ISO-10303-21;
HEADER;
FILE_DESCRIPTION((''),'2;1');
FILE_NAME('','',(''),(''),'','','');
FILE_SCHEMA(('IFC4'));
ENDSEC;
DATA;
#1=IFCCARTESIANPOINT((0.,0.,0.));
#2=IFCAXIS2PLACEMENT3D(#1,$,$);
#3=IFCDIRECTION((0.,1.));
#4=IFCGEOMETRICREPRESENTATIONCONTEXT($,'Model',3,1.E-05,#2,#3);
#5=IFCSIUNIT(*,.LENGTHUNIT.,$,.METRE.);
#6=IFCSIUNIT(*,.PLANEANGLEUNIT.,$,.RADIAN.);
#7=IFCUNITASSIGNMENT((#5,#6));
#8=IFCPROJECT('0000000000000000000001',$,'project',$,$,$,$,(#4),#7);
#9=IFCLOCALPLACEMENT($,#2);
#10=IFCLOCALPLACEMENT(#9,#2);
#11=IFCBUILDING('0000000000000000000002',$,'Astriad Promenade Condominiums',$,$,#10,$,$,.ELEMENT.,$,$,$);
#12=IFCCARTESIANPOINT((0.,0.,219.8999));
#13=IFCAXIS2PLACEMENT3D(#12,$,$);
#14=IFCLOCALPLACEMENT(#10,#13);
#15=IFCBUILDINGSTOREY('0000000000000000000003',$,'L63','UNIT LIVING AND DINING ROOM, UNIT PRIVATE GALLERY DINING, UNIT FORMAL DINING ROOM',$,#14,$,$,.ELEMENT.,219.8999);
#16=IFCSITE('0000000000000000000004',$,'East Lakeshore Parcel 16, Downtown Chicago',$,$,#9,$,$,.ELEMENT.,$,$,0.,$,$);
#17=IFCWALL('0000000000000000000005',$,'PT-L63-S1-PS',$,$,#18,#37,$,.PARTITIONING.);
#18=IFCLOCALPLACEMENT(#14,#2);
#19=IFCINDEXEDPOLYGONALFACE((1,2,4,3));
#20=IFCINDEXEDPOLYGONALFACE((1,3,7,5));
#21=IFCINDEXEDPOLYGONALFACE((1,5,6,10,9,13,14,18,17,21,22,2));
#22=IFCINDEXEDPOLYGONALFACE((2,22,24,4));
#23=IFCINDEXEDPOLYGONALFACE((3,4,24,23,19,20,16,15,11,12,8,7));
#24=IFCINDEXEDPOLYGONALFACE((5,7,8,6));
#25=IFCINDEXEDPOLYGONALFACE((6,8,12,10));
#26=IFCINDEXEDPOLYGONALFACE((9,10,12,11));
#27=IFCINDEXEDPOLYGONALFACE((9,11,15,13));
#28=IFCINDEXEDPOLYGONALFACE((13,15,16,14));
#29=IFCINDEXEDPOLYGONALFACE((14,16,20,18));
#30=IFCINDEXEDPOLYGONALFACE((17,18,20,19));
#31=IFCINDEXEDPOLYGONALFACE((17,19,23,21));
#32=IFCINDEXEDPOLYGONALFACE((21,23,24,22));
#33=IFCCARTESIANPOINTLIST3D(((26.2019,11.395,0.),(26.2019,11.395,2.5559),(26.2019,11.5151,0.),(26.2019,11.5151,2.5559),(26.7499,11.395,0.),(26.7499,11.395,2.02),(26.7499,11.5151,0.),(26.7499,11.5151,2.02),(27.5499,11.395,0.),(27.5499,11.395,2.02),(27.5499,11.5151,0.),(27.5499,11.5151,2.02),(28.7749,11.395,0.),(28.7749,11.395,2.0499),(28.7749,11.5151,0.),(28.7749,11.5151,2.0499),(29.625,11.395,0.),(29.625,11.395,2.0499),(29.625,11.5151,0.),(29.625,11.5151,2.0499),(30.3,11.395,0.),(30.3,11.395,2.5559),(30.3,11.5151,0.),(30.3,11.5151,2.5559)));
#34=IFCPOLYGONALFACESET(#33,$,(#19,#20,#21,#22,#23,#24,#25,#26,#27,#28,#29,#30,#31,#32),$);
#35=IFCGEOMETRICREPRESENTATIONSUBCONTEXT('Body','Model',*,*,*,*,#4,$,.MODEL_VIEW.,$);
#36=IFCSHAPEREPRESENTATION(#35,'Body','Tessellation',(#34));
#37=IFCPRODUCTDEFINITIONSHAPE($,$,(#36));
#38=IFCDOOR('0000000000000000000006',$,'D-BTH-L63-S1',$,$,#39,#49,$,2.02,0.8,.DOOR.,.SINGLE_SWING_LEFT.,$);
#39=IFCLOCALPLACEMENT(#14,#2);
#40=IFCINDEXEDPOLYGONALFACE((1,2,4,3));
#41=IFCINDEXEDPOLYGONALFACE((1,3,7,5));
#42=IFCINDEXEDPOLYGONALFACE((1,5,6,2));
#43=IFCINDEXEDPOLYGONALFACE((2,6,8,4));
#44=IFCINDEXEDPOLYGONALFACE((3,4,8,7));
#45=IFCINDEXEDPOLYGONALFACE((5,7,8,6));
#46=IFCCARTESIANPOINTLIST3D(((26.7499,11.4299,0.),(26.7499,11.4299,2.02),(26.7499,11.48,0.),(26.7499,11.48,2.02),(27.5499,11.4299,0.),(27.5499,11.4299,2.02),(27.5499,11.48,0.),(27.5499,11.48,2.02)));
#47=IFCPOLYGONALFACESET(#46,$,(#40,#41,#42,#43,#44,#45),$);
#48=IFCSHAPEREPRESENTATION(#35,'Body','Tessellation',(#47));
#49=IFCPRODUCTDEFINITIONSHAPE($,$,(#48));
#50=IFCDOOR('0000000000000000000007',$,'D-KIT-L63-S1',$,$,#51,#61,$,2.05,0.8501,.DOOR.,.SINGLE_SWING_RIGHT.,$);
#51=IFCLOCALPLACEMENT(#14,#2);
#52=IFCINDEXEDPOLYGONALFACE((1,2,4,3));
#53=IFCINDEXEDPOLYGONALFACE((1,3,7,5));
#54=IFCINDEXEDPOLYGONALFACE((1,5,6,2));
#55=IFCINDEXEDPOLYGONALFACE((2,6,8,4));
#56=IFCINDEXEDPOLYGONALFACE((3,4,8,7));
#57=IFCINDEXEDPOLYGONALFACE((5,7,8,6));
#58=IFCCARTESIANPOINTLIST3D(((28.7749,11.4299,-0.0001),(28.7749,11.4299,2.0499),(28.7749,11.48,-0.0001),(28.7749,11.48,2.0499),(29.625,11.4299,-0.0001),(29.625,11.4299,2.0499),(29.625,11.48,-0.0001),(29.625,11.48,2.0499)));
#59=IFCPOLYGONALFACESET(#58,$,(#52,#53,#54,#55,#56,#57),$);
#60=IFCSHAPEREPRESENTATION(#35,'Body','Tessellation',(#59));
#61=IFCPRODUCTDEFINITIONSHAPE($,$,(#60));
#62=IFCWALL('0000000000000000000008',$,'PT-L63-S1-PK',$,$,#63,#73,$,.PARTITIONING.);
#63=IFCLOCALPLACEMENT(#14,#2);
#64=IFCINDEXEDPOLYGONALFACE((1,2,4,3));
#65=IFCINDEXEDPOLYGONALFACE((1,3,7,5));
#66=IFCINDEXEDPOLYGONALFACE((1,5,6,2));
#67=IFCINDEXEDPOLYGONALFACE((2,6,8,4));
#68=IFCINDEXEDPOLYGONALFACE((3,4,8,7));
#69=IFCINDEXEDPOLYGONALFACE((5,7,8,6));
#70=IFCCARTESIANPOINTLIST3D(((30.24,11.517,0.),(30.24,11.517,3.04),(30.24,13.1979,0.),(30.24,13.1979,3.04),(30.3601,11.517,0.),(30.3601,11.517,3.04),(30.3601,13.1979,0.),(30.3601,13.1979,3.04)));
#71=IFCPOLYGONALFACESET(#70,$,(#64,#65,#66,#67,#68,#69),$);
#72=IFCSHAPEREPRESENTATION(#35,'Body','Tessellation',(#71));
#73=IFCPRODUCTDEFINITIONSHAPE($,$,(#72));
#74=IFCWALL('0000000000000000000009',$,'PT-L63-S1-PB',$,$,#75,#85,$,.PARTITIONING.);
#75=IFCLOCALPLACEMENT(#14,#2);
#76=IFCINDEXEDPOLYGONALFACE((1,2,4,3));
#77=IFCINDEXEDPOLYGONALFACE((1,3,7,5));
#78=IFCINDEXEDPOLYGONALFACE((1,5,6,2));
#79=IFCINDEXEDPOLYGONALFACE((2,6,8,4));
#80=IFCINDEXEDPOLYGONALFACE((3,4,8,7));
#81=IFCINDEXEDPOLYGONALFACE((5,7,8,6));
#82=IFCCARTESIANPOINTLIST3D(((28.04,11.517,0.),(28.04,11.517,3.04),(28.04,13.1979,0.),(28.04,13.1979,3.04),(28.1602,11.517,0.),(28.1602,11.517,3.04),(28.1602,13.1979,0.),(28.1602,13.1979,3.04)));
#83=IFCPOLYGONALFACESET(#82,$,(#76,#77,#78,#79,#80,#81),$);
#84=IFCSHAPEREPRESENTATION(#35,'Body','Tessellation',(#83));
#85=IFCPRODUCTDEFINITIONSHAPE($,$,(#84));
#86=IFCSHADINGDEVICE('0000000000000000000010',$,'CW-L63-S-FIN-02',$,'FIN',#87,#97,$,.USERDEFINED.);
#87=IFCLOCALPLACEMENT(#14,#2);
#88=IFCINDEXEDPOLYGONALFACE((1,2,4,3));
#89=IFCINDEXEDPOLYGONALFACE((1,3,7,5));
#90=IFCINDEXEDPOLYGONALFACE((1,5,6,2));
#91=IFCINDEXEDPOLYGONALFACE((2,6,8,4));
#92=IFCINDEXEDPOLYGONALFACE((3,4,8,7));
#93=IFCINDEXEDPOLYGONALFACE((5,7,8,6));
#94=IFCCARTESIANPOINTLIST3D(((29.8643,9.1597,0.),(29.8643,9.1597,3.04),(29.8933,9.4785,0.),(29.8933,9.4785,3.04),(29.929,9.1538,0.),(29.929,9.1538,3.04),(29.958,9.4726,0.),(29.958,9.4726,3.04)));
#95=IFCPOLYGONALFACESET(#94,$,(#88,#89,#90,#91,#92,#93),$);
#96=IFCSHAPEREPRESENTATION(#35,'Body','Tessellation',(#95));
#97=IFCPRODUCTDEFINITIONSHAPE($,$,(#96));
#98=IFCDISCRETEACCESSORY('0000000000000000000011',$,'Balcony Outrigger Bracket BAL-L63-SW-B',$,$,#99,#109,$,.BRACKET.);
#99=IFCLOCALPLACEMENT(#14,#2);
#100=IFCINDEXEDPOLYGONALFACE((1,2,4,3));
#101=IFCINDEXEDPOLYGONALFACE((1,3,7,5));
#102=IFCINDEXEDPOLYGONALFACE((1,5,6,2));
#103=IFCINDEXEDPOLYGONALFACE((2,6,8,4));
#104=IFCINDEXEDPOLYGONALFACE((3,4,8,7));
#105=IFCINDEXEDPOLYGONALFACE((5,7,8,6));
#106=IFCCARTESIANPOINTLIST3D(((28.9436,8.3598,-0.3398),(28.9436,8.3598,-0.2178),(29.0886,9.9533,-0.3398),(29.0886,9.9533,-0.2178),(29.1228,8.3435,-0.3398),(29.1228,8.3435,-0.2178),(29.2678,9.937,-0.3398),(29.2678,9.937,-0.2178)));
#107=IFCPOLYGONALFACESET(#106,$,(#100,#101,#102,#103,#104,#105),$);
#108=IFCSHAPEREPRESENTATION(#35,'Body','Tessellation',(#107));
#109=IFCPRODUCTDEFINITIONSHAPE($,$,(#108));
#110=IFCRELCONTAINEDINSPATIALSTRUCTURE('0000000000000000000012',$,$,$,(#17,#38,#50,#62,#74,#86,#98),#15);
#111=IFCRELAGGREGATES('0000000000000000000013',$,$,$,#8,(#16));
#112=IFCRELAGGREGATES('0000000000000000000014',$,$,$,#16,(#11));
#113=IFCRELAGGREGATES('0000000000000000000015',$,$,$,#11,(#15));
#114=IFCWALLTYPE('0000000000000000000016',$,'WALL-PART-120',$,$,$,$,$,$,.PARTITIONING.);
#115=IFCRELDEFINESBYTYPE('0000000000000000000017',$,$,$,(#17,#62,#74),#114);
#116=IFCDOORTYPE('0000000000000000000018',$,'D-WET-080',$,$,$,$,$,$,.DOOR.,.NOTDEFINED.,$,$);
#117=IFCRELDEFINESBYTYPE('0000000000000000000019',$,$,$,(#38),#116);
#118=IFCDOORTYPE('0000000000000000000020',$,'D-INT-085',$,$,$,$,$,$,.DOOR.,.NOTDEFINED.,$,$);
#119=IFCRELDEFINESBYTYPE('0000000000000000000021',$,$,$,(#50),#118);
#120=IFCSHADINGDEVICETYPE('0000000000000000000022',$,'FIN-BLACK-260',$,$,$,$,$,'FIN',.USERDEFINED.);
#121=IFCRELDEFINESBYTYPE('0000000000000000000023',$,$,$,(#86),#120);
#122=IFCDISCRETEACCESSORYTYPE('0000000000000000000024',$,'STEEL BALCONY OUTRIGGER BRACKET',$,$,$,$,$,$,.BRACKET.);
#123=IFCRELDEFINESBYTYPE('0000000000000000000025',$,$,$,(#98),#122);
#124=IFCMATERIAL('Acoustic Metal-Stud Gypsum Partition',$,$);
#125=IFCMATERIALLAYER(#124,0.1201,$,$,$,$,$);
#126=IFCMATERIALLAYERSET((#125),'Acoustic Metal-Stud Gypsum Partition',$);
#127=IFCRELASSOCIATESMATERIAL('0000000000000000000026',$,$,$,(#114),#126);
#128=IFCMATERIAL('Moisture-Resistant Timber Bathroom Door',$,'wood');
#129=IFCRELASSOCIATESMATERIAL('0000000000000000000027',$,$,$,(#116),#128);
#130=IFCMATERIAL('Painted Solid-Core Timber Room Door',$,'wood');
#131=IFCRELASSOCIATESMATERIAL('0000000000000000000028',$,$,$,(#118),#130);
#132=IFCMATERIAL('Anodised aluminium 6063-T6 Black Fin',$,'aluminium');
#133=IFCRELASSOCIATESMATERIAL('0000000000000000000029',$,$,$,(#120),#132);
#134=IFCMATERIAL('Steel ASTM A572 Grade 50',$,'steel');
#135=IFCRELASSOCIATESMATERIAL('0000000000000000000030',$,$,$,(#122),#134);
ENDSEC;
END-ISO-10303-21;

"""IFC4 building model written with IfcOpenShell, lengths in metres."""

from ifc_helpers import new_model, si_unit, direction, frame, frame_2d, origin, origin_2d, place, context, subcontext, project, spatial, rectangle, extrude, source, transform, mapped, material, layer, layer_set, type_object, type_shapes, element, fill, save


model = new_model("IFC4")

# Units and contexts
model_context = context("Model", 3, precision=1e-05, world=origin(), true_north=direction((0.0, 1.0)))
body_context = subcontext(model_context, "Body", "Model", "MODEL_VIEW")
ifc_project = project(units=[si_unit("LENGTHUNIT", "METRE"), si_unit("PLANEANGLEUNIT", "RADIAN")], contexts=[model_context])

# Site, building, storey
site_placement = place(None, origin())
site = spatial("IfcSite", under=ifc_project, at=site_placement, Name="East Lakeshore Parcel 16, Downtown Chicago", CompositionType="ELEMENT", RefElevation=0.0)
building_placement = place(site_placement, origin())
building = spatial("IfcBuilding", under=site, at=building_placement, Name="Astriad Promenade Condominiums", CompositionType="ELEMENT")
storey_placement = place(building_placement, frame((0.0, 0.0, 219.8999)))
storey = spatial("IfcBuildingStorey", under=building, at=storey_placement, Name="L63", Description="UNIT LIVING AND DINING ROOM, UNIT PRIVATE GALLERY DINING, UNIT FORMAL DINING ROOM", CompositionType="ELEMENT", Elevation=219.8999)

# Wall, openings, doors
ifc_material_1 = material(Name="Acoustic Metal-Stud Gypsum Partition")
ifc_layer_1 = layer(ifc_material_1, 0.1201)
ifc_layer_set_1 = layer_set([ifc_layer_1], Name="Acoustic Metal-Stud Gypsum Partition")
wall_type_1 = type_object("IfcWallType", Name="WALL-PART-120", PredefinedType="PARTITIONING", material=ifc_layer_set_1)
wall_1_placement = place(storey_placement, frame((26.2019, 11.4551, 0.0), z_axis=(0.0, 0.0, 1.0), x_axis=(1.0, 0.0, 0.0)))
wall_1 = element("IfcWall", 1, at=wall_1_placement, inside=storey, type_object=wall_type_1, Name="PT-L63-S1-PS", PredefinedType="PARTITIONING", context=body_context, shape_type="SweptSolid", body=[
    extrude(rectangle(XDim=4.0981, YDim=0.1201, at=frame_2d((2.0491, 0.0))), origin(), (0.0, 0.0, 1.0), 2.5559),
])
opening_1_placement = place(wall_1_placement, frame((0.5481, 0.0, 0.0)))
opening_1 = element("IfcOpeningElement", 2, at=opening_1_placement, cuts=wall_1, PredefinedType="OPENING", context=body_context, shape_type="SweptSolid", body=[
    extrude(rectangle(XDim=0.8, YDim=2.02, at=frame_2d((0.3999, 1.01))), frame((0.0, 0.0701, 0.0), z_axis=(0.0, -1.0, 0.0), x_axis=(1.0, 0.0, 0.0)), (0.0, 0.0, 1.0), 0.1401),
])
opening_2_placement = place(wall_1_placement, frame((2.573, 0.0, 0.0)))
opening_2 = element("IfcOpeningElement", 3, at=opening_2_placement, cuts=wall_1, PredefinedType="OPENING", context=body_context, shape_type="SweptSolid", body=[
    extrude(rectangle(XDim=0.8501, YDim=2.05, at=frame_2d((0.425, 1.0249))), frame((0.0, 0.0701, 0.0), z_axis=(0.0, -1.0, 0.0), x_axis=(1.0, 0.0, 0.0)), (0.0, 0.0, 1.0), 0.1401),
])
ifc_material_2 = material(Name="Moisture-Resistant Timber Bathroom Door", Category="wood")
door_type_1 = type_object("IfcDoorType", Name="D-WET-080", OperationType="NOTDEFINED", PredefinedType="DOOR", material=ifc_material_2)
shared_shape_1 = source(origin(), body_context, "Body", "SweptSolid", [
    extrude(rectangle(XDim=0.8, YDim=2.02, at=frame_2d((0.3999, 1.01))), frame((0.0, 0.0249, 0.0), z_axis=(0.0, -1.0, 0.0), x_axis=(1.0, 0.0, 0.0)), (0.0, 0.0, 1.0), 0.05),
])
type_shapes(door_type_1, [shared_shape_1])
door_1_placement = place(opening_1_placement, origin())
door_1 = element("IfcDoor", 4, at=door_1_placement, inside=storey, type_object=door_type_1, Name="D-BTH-L63-S1", OperationType="SINGLE_SWING_LEFT", OverallHeight=2.02, OverallWidth=0.8, PredefinedType="DOOR", context=body_context, shape_type="MappedRepresentation", body=[
    mapped(shared_shape_1, transform((0.0, 0.0, 0.0), scale=1.0)),
])
fill(opening_1, door_1)
ifc_material_3 = material(Name="Painted Solid-Core Timber Room Door", Category="wood")
door_type_2 = type_object("IfcDoorType", Name="D-INT-085", OperationType="NOTDEFINED", PredefinedType="DOOR", material=ifc_material_3)
shared_shape_2 = source(origin(), body_context, "Body", "SweptSolid", [
    extrude(rectangle(XDim=0.8501, YDim=2.05, at=frame_2d((0.425, 1.0249))), frame((0.0, 0.0249, 0.0), z_axis=(0.0, -1.0, 0.0), x_axis=(1.0, 0.0, 0.0)), (0.0, 0.0, 1.0), 0.05),
])
type_shapes(door_type_2, [shared_shape_2])
door_2_placement = place(opening_2_placement, origin())
door_2 = element("IfcDoor", 5, at=door_2_placement, inside=storey, type_object=door_type_2, Name="D-KIT-L63-S1", OperationType="SINGLE_SWING_RIGHT", OverallHeight=2.05, OverallWidth=0.8501, PredefinedType="DOOR", context=body_context, shape_type="MappedRepresentation", body=[
    mapped(shared_shape_2, transform((0.0, 0.0, 0.0), scale=1.0)),
])
fill(opening_2, door_2)

# Walls
for number, where, z_axis, x_axis, name in (
    (6, (30.3, 11.5171, 0.0), (0.0, 0.0, 1.0), (0.0, 1.0, 0.0), "PT-L63-S1-PK"),
    (7, (28.1001, 11.5171, 0.0), (0.0, 0.0, 1.0), (0.0, 1.0, 0.0), "PT-L63-S1-PB"),
):
    element("IfcWall", number, at=place(storey_placement, frame(where, z_axis=z_axis, x_axis=x_axis)), inside=storey, type_object=wall_type_1, Name=name, PredefinedType="PARTITIONING", context=body_context, shape_type="SweptSolid", body=[
        extrude(rectangle(XDim=1.6809, YDim=0.1201, at=frame_2d((0.8403, 0.0))), origin(), (0.0, 0.0, 1.0), 3.04),
    ])

# Shading device
ifc_material_4 = material(Name="Anodised aluminium 6063-T6 Black Fin", Category="aluminium")
shading_device_type = type_object("IfcShadingDeviceType", Name="FIN-BLACK-260", ElementType="FIN", PredefinedType="USERDEFINED", material=ifc_material_4)
shared_shape_3 = source(origin(), body_context, "Body", "SweptSolid", [
    extrude(rectangle(XDim=0.0649, YDim=0.3201, at=origin_2d()), origin(), (0.0, 0.0, 1.0), 3.04),
])
type_shapes(shading_device_type, [shared_shape_3])
shading_device_placement = place(storey_placement, frame((29.9111, 9.3162, 0.0), z_axis=(0.0, 0.0, 1.0), x_axis=(-0.995884, 0.090633, 0.0)))
element("IfcShadingDevice", 8, at=shading_device_placement, inside=storey, type_object=shading_device_type, Name="CW-L63-S-FIN-02", ObjectType="FIN", PredefinedType="USERDEFINED", context=body_context, shape_type="MappedRepresentation", body=[
    mapped(shared_shape_3, transform((0.0, 0.0, 0.0), scale=1.0)),
])

# Discrete accessory
ifc_material_5 = material(Name="Steel ASTM A572 Grade 50", Category="steel")
discrete_accessory_type = type_object("IfcDiscreteAccessoryType", Name="STEEL BALCONY OUTRIGGER BRACKET", PredefinedType="BRACKET", material=ifc_material_5)
shared_shape_4 = source(origin(), body_context, "Body", "SweptSolid", [
    extrude(rectangle(XDim=1.6001, YDim=0.1799, at=origin_2d()), origin(), (0.0, 0.0, 1.0), 0.1221),
])
type_shapes(discrete_accessory_type, [shared_shape_4])
discrete_accessory_placement = place(storey_placement, frame((29.1057, 9.1484, -0.3398), z_axis=(0.0, 0.0, 1.0), x_axis=(-0.090633, -0.995884, 0.0)))
element("IfcDiscreteAccessory", 9, at=discrete_accessory_placement, inside=storey, type_object=discrete_accessory_type, Name="Balcony Outrigger Bracket BAL-L63-SW-B", PredefinedType="BRACKET", context=body_context, shape_type="MappedRepresentation", body=[
    mapped(shared_shape_4, transform((0.0, 0.0, 0.0), scale=1.0)),
])

save(model, "model.ifc")
